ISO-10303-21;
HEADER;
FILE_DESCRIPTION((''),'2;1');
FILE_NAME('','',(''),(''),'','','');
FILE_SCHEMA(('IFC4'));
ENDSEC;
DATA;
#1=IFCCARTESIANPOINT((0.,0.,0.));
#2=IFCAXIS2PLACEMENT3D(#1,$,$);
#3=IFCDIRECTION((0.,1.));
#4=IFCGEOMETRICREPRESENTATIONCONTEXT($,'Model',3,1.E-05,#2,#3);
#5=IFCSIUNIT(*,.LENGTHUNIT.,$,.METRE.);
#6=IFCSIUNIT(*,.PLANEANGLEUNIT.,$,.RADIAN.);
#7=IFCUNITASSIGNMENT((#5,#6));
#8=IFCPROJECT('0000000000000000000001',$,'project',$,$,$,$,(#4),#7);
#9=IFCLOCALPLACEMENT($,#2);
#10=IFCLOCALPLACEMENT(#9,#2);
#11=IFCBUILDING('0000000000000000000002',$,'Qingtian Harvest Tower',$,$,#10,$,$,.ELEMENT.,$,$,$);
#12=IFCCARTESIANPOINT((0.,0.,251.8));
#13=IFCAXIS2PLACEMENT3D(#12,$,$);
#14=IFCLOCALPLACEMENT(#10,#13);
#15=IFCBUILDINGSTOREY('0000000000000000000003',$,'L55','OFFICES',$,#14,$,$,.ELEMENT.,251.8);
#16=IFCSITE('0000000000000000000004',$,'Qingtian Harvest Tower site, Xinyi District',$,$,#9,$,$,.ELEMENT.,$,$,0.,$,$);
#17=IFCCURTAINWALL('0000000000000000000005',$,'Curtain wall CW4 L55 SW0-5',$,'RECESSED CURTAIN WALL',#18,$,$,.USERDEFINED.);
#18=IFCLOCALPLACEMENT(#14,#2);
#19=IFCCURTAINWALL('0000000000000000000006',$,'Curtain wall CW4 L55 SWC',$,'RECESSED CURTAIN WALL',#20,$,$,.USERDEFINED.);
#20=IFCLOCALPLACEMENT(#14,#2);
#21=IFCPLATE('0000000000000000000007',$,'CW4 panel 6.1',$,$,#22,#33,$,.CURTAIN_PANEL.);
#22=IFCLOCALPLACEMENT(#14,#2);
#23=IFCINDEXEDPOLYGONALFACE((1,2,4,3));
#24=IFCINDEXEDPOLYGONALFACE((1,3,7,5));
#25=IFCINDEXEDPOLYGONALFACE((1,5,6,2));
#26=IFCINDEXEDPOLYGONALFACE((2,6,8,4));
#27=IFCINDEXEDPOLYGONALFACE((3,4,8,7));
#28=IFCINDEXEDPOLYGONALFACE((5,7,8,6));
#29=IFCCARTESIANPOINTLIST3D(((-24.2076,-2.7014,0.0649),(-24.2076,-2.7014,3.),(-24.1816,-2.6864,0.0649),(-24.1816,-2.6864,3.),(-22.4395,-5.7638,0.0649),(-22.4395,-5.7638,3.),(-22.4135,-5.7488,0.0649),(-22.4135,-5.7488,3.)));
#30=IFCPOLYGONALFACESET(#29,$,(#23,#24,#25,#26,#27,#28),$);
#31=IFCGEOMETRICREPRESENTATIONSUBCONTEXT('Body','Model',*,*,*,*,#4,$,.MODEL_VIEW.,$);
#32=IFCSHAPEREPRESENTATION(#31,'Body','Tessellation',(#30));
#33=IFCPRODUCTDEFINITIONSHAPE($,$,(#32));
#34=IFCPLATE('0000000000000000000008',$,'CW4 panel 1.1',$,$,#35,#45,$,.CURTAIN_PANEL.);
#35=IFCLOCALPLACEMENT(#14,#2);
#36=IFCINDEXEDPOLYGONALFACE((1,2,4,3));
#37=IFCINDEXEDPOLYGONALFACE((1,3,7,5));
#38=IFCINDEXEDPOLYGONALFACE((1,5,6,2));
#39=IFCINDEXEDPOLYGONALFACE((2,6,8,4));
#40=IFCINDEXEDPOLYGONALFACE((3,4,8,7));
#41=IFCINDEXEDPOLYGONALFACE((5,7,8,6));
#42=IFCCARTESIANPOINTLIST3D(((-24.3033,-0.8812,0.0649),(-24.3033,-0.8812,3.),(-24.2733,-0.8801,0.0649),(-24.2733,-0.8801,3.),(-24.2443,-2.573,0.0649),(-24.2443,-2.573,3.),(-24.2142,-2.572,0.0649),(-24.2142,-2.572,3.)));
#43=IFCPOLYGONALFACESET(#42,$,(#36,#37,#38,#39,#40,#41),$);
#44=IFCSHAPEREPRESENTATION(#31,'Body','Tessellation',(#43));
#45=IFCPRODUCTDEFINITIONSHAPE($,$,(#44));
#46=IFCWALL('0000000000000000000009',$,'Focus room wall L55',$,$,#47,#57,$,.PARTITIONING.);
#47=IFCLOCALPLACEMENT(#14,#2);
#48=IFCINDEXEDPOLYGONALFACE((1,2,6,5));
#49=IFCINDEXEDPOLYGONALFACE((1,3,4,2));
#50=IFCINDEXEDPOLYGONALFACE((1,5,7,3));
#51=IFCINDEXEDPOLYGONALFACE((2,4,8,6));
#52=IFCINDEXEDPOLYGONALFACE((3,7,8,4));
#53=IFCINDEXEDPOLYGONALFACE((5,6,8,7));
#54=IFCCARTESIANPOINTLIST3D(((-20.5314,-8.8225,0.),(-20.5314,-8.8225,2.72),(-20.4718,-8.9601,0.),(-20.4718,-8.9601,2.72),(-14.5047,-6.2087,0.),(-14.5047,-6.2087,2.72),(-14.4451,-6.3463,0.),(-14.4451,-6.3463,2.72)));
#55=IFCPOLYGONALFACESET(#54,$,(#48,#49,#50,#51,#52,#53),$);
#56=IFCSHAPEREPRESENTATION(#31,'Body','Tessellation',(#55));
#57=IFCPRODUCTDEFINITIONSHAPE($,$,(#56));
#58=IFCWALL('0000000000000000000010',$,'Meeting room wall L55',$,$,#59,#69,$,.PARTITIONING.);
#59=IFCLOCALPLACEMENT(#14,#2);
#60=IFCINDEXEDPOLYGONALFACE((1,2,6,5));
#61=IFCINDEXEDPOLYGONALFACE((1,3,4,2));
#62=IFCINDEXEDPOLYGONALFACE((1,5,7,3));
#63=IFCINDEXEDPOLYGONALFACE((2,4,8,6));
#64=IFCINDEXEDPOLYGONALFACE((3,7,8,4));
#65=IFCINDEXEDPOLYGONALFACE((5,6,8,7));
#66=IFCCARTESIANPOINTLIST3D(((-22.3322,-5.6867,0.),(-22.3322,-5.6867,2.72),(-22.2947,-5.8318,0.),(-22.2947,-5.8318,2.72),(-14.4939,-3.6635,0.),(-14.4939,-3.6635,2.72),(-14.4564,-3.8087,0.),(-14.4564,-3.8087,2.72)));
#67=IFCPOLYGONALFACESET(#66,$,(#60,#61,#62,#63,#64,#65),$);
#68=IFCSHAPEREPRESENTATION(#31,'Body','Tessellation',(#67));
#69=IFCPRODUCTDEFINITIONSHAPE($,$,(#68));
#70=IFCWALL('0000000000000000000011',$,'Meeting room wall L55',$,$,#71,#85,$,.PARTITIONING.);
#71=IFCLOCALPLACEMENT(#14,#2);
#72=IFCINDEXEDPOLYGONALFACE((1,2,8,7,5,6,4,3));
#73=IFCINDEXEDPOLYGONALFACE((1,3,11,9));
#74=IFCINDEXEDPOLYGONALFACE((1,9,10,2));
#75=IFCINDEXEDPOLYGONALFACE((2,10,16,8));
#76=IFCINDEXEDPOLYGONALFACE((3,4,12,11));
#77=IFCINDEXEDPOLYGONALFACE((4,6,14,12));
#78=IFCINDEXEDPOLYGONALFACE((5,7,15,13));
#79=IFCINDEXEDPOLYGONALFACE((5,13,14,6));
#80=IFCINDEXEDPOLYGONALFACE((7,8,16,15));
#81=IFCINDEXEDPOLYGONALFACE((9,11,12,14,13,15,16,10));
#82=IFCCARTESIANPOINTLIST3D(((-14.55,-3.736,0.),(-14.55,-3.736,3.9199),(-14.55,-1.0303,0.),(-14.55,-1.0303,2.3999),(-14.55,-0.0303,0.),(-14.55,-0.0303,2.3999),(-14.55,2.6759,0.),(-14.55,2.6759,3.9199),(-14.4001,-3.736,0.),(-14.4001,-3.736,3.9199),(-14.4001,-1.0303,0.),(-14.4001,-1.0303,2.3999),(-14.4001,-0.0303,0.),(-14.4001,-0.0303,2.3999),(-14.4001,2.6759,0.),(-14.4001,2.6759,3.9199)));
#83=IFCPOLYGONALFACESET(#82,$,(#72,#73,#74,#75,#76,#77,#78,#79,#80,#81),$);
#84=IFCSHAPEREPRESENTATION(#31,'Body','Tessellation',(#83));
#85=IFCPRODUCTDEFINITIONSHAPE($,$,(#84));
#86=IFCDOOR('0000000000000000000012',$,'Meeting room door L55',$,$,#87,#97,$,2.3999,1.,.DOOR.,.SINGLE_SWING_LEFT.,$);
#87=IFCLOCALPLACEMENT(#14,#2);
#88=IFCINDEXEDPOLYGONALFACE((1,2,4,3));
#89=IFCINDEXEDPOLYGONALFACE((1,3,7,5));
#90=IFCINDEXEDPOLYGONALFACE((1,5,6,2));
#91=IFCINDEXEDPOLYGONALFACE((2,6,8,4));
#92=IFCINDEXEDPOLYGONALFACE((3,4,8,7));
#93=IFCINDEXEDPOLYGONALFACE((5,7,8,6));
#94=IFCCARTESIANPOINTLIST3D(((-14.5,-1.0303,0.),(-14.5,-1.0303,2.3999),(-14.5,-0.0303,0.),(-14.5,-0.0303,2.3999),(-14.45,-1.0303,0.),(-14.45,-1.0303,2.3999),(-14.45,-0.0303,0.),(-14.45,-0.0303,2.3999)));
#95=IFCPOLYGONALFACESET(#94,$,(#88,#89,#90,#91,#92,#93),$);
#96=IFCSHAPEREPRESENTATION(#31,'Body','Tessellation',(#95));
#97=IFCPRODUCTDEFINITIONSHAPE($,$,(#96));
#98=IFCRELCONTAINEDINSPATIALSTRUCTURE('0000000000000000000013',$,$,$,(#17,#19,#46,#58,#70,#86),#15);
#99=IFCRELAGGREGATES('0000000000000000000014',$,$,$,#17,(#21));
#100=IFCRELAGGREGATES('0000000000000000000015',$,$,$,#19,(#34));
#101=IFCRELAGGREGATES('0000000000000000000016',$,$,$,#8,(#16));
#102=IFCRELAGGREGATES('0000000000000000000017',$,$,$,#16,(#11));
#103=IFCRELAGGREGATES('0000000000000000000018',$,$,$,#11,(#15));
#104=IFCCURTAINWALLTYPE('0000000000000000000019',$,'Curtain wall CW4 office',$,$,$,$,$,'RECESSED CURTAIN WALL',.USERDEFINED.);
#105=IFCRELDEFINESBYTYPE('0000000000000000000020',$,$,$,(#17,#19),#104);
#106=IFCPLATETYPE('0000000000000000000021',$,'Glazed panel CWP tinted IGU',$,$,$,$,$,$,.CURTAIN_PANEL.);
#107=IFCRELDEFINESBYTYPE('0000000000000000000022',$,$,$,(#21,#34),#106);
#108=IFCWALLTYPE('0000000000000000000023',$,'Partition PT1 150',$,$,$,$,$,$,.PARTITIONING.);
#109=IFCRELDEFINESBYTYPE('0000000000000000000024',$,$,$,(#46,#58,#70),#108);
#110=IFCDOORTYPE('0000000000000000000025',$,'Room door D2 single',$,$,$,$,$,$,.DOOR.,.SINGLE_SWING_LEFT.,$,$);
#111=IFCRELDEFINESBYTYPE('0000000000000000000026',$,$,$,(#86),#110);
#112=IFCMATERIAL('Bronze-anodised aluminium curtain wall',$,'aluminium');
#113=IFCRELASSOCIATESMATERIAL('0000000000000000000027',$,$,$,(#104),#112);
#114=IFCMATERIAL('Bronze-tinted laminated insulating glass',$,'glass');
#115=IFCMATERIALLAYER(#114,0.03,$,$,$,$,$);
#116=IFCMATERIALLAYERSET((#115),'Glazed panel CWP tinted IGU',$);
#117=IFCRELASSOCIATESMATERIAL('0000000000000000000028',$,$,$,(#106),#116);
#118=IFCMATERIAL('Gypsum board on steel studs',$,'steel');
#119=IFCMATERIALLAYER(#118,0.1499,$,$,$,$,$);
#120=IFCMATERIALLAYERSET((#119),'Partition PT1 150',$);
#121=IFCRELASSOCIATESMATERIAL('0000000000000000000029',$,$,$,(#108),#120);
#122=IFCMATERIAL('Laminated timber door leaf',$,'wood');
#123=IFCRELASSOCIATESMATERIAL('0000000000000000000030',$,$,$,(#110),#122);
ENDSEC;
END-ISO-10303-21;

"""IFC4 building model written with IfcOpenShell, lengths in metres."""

from ifc_helpers import new_model, si_unit, direction, frame, frame_2d, origin, origin_2d, place, context, subcontext, project, spatial, rectangle, extrude, material, layer, layer_set, type_object, element, fill, aggregate, save


model = new_model("IFC4")

# Units and contexts
model_context = context("Model", 3, precision=1e-05, world=origin(), true_north=direction((0.0, 1.0)))
body_context = subcontext(model_context, "Body", "Model", "MODEL_VIEW")
ifc_project = project(units=[si_unit("LENGTHUNIT", "METRE"), si_unit("PLANEANGLEUNIT", "RADIAN")], contexts=[model_context])

# Site, building, storey
site_placement = place(None, origin())
site = spatial("IfcSite", under=ifc_project, at=site_placement, Name="Qingtian Harvest Tower site, Xinyi District", CompositionType="ELEMENT", RefElevation=0.0)
building_placement = place(site_placement, origin())
building = spatial("IfcBuilding", under=site, at=building_placement, Name="Qingtian Harvest Tower", CompositionType="ELEMENT")
storey_placement = place(building_placement, frame((0.0, 0.0, 251.8)))
storey = spatial("IfcBuildingStorey", under=building, at=storey_placement, Name="L55", Description="OFFICES", CompositionType="ELEMENT", Elevation=251.8)

# Curtain walls
ifc_material_1 = material(Name="Bronze-anodised aluminium curtain wall", Category="aluminium")
curtain_wall_type = type_object("IfcCurtainWallType", Name="Curtain wall CW4 office", ElementType="RECESSED CURTAIN WALL", PredefinedType="USERDEFINED", material=ifc_material_1)
curtain_wall_1_placement = place(storey_placement, origin())
curtain_wall_1 = element("IfcCurtainWall", 1, at=curtain_wall_1_placement, inside=storey, type_object=curtain_wall_type, Name="Curtain wall CW4 L55 SW0-5", ObjectType="RECESSED CURTAIN WALL", PredefinedType="USERDEFINED")
curtain_wall_2_placement = place(storey_placement, origin())
curtain_wall_2 = element("IfcCurtainWall", 2, at=curtain_wall_2_placement, inside=storey, type_object=curtain_wall_type, Name="Curtain wall CW4 L55 SWC", ObjectType="RECESSED CURTAIN WALL", PredefinedType="USERDEFINED")

# Plates
ifc_material_2 = material(Name="Bronze-tinted laminated insulating glass", Category="glass")
ifc_layer_1 = layer(ifc_material_2, 0.03)
ifc_layer_set_1 = layer_set([ifc_layer_1], Name="Glazed panel CWP tinted IGU")
plate_type = type_object("IfcPlateType", Name="Glazed panel CWP tinted IGU", PredefinedType="CURTAIN_PANEL", material=ifc_layer_set_1)
plate_1_placement = place(storey_placement, frame((-23.3105, -4.2251, 0.0649), z_axis=(0.0, 0.0, 1.0), x_axis=(-0.5, 0.866025, 0.0)))
plate_1 = element("IfcPlate", 3, at=plate_1_placement, type_object=plate_type, Name="CW4 panel 6.1", PredefinedType="CURTAIN_PANEL", context=body_context, shape_type="SweptSolid", body=[
    extrude(rectangle(XDim=3.5361, YDim=0.03, at=origin_2d()), origin(), (0.0, 0.0, 1.0), 2.9351),
])
aggregate(curtain_wall_1, [plate_1])
plate_2_placement = place(storey_placement, frame((-24.2588, -1.7266, 0.0649), z_axis=(0.0, 0.0, 1.0), x_axis=(-0.034899, 0.999391, 0.0)))
plate_2 = element("IfcPlate", 4, at=plate_2_placement, type_object=plate_type, Name="CW4 panel 1.1", PredefinedType="CURTAIN_PANEL", context=body_context, shape_type="SweptSolid", body=[
    extrude(rectangle(XDim=1.6929, YDim=0.03, at=origin_2d()), origin(), (0.0, 0.0, 1.0), 2.9351),
])
aggregate(curtain_wall_2, [plate_2])

# Wall
ifc_material_3 = material(Name="Gypsum board on steel studs", Category="steel")
ifc_layer_2 = layer(ifc_material_3, 0.1499)
ifc_layer_set_2 = layer_set([ifc_layer_2], Name="Partition PT1 150")
wall_type = type_object("IfcWallType", Name="Partition PT1 150", PredefinedType="PARTITIONING", material=ifc_layer_set_2)
wall_1_placement = place(storey_placement, frame((-20.5017, -8.8914, 0.0), z_axis=(0.0, 0.0, 1.0), x_axis=(0.917431, 0.397894, 0.0)))
element("IfcWall", 5, at=wall_1_placement, inside=storey, type_object=wall_type, Name="Focus room wall L55", PredefinedType="PARTITIONING", context=body_context, shape_type="SweptSolid", body=[
    extrude(rectangle(XDim=6.5691, YDim=0.1499, at=frame_2d((3.2847, 0.0))), origin(), (0.0, 0.0, 1.0), 2.72),
])

# Shared definitions
ifc_material_4 = material(Name="Laminated timber door leaf", Category="wood")
door_type = type_object("IfcDoorType", Name="Room door D2 single", OperationType="SINGLE_SWING_LEFT", PredefinedType="DOOR", material=ifc_material_4)

# Wall
wall_2_placement = place(storey_placement, frame((-22.3135, -5.7593, 0.0), z_axis=(0.0, 0.0, 1.0), x_axis=(0.968266, 0.249923, 0.0)))
element("IfcWall", 6, at=wall_2_placement, inside=storey, type_object=wall_type, Name="Meeting room wall L55", PredefinedType="PARTITIONING", context=body_context, shape_type="SweptSolid", body=[
    extrude(rectangle(XDim=8.0952, YDim=0.1499, at=frame_2d((4.0476, 0.0))), origin(), (0.0, 0.0, 1.0), 2.72),
])

# Wall, opening, door
wall_3_placement = place(storey_placement, frame((-14.4751, -3.7361, 0.0), z_axis=(0.0, 0.0, 1.0), x_axis=(0.0, 1.0, 0.0)))
wall_3 = element("IfcWall", 7, at=wall_3_placement, inside=storey, type_object=wall_type, Name="Meeting room wall L55", PredefinedType="PARTITIONING", context=body_context, shape_type="SweptSolid", body=[
    extrude(rectangle(XDim=6.4119, YDim=0.1499, at=frame_2d((3.2061, 0.0))), origin(), (0.0, 0.0, 1.0), 3.9199),
])
opening_1_placement = place(wall_3_placement, frame((2.7058, 0.0, 0.0)))
opening_1 = element("IfcOpeningElement", 8, at=opening_1_placement, cuts=wall_3, PredefinedType="OPENING", context=body_context, shape_type="SweptSolid", body=[
    extrude(rectangle(XDim=1.0, YDim=2.3999, at=frame_2d((0.5, 1.2))), frame((0.0, 0.085, 0.0), z_axis=(0.0, -1.0, 0.0), x_axis=(1.0, 0.0, 0.0)), (0.0, 0.0, 1.0), 0.1699),
])
door_1_placement = place(opening_1_placement, origin())
door_1 = element("IfcDoor", 9, at=door_1_placement, inside=storey, type_object=door_type, Name="Meeting room door L55", OperationType="SINGLE_SWING_LEFT", OverallHeight=2.3999, OverallWidth=1.0, PredefinedType="DOOR", context=body_context, shape_type="SweptSolid", body=[
    extrude(rectangle(XDim=1.0, YDim=2.3999, at=frame_2d((0.5, 1.2))), frame((0.0, 0.0249, 0.0), z_axis=(0.0, -1.0, 0.0), x_axis=(1.0, 0.0, 0.0)), (0.0, 0.0, 1.0), 0.05),
])
fill(opening_1, door_1)

save(model, "model.ifc")
